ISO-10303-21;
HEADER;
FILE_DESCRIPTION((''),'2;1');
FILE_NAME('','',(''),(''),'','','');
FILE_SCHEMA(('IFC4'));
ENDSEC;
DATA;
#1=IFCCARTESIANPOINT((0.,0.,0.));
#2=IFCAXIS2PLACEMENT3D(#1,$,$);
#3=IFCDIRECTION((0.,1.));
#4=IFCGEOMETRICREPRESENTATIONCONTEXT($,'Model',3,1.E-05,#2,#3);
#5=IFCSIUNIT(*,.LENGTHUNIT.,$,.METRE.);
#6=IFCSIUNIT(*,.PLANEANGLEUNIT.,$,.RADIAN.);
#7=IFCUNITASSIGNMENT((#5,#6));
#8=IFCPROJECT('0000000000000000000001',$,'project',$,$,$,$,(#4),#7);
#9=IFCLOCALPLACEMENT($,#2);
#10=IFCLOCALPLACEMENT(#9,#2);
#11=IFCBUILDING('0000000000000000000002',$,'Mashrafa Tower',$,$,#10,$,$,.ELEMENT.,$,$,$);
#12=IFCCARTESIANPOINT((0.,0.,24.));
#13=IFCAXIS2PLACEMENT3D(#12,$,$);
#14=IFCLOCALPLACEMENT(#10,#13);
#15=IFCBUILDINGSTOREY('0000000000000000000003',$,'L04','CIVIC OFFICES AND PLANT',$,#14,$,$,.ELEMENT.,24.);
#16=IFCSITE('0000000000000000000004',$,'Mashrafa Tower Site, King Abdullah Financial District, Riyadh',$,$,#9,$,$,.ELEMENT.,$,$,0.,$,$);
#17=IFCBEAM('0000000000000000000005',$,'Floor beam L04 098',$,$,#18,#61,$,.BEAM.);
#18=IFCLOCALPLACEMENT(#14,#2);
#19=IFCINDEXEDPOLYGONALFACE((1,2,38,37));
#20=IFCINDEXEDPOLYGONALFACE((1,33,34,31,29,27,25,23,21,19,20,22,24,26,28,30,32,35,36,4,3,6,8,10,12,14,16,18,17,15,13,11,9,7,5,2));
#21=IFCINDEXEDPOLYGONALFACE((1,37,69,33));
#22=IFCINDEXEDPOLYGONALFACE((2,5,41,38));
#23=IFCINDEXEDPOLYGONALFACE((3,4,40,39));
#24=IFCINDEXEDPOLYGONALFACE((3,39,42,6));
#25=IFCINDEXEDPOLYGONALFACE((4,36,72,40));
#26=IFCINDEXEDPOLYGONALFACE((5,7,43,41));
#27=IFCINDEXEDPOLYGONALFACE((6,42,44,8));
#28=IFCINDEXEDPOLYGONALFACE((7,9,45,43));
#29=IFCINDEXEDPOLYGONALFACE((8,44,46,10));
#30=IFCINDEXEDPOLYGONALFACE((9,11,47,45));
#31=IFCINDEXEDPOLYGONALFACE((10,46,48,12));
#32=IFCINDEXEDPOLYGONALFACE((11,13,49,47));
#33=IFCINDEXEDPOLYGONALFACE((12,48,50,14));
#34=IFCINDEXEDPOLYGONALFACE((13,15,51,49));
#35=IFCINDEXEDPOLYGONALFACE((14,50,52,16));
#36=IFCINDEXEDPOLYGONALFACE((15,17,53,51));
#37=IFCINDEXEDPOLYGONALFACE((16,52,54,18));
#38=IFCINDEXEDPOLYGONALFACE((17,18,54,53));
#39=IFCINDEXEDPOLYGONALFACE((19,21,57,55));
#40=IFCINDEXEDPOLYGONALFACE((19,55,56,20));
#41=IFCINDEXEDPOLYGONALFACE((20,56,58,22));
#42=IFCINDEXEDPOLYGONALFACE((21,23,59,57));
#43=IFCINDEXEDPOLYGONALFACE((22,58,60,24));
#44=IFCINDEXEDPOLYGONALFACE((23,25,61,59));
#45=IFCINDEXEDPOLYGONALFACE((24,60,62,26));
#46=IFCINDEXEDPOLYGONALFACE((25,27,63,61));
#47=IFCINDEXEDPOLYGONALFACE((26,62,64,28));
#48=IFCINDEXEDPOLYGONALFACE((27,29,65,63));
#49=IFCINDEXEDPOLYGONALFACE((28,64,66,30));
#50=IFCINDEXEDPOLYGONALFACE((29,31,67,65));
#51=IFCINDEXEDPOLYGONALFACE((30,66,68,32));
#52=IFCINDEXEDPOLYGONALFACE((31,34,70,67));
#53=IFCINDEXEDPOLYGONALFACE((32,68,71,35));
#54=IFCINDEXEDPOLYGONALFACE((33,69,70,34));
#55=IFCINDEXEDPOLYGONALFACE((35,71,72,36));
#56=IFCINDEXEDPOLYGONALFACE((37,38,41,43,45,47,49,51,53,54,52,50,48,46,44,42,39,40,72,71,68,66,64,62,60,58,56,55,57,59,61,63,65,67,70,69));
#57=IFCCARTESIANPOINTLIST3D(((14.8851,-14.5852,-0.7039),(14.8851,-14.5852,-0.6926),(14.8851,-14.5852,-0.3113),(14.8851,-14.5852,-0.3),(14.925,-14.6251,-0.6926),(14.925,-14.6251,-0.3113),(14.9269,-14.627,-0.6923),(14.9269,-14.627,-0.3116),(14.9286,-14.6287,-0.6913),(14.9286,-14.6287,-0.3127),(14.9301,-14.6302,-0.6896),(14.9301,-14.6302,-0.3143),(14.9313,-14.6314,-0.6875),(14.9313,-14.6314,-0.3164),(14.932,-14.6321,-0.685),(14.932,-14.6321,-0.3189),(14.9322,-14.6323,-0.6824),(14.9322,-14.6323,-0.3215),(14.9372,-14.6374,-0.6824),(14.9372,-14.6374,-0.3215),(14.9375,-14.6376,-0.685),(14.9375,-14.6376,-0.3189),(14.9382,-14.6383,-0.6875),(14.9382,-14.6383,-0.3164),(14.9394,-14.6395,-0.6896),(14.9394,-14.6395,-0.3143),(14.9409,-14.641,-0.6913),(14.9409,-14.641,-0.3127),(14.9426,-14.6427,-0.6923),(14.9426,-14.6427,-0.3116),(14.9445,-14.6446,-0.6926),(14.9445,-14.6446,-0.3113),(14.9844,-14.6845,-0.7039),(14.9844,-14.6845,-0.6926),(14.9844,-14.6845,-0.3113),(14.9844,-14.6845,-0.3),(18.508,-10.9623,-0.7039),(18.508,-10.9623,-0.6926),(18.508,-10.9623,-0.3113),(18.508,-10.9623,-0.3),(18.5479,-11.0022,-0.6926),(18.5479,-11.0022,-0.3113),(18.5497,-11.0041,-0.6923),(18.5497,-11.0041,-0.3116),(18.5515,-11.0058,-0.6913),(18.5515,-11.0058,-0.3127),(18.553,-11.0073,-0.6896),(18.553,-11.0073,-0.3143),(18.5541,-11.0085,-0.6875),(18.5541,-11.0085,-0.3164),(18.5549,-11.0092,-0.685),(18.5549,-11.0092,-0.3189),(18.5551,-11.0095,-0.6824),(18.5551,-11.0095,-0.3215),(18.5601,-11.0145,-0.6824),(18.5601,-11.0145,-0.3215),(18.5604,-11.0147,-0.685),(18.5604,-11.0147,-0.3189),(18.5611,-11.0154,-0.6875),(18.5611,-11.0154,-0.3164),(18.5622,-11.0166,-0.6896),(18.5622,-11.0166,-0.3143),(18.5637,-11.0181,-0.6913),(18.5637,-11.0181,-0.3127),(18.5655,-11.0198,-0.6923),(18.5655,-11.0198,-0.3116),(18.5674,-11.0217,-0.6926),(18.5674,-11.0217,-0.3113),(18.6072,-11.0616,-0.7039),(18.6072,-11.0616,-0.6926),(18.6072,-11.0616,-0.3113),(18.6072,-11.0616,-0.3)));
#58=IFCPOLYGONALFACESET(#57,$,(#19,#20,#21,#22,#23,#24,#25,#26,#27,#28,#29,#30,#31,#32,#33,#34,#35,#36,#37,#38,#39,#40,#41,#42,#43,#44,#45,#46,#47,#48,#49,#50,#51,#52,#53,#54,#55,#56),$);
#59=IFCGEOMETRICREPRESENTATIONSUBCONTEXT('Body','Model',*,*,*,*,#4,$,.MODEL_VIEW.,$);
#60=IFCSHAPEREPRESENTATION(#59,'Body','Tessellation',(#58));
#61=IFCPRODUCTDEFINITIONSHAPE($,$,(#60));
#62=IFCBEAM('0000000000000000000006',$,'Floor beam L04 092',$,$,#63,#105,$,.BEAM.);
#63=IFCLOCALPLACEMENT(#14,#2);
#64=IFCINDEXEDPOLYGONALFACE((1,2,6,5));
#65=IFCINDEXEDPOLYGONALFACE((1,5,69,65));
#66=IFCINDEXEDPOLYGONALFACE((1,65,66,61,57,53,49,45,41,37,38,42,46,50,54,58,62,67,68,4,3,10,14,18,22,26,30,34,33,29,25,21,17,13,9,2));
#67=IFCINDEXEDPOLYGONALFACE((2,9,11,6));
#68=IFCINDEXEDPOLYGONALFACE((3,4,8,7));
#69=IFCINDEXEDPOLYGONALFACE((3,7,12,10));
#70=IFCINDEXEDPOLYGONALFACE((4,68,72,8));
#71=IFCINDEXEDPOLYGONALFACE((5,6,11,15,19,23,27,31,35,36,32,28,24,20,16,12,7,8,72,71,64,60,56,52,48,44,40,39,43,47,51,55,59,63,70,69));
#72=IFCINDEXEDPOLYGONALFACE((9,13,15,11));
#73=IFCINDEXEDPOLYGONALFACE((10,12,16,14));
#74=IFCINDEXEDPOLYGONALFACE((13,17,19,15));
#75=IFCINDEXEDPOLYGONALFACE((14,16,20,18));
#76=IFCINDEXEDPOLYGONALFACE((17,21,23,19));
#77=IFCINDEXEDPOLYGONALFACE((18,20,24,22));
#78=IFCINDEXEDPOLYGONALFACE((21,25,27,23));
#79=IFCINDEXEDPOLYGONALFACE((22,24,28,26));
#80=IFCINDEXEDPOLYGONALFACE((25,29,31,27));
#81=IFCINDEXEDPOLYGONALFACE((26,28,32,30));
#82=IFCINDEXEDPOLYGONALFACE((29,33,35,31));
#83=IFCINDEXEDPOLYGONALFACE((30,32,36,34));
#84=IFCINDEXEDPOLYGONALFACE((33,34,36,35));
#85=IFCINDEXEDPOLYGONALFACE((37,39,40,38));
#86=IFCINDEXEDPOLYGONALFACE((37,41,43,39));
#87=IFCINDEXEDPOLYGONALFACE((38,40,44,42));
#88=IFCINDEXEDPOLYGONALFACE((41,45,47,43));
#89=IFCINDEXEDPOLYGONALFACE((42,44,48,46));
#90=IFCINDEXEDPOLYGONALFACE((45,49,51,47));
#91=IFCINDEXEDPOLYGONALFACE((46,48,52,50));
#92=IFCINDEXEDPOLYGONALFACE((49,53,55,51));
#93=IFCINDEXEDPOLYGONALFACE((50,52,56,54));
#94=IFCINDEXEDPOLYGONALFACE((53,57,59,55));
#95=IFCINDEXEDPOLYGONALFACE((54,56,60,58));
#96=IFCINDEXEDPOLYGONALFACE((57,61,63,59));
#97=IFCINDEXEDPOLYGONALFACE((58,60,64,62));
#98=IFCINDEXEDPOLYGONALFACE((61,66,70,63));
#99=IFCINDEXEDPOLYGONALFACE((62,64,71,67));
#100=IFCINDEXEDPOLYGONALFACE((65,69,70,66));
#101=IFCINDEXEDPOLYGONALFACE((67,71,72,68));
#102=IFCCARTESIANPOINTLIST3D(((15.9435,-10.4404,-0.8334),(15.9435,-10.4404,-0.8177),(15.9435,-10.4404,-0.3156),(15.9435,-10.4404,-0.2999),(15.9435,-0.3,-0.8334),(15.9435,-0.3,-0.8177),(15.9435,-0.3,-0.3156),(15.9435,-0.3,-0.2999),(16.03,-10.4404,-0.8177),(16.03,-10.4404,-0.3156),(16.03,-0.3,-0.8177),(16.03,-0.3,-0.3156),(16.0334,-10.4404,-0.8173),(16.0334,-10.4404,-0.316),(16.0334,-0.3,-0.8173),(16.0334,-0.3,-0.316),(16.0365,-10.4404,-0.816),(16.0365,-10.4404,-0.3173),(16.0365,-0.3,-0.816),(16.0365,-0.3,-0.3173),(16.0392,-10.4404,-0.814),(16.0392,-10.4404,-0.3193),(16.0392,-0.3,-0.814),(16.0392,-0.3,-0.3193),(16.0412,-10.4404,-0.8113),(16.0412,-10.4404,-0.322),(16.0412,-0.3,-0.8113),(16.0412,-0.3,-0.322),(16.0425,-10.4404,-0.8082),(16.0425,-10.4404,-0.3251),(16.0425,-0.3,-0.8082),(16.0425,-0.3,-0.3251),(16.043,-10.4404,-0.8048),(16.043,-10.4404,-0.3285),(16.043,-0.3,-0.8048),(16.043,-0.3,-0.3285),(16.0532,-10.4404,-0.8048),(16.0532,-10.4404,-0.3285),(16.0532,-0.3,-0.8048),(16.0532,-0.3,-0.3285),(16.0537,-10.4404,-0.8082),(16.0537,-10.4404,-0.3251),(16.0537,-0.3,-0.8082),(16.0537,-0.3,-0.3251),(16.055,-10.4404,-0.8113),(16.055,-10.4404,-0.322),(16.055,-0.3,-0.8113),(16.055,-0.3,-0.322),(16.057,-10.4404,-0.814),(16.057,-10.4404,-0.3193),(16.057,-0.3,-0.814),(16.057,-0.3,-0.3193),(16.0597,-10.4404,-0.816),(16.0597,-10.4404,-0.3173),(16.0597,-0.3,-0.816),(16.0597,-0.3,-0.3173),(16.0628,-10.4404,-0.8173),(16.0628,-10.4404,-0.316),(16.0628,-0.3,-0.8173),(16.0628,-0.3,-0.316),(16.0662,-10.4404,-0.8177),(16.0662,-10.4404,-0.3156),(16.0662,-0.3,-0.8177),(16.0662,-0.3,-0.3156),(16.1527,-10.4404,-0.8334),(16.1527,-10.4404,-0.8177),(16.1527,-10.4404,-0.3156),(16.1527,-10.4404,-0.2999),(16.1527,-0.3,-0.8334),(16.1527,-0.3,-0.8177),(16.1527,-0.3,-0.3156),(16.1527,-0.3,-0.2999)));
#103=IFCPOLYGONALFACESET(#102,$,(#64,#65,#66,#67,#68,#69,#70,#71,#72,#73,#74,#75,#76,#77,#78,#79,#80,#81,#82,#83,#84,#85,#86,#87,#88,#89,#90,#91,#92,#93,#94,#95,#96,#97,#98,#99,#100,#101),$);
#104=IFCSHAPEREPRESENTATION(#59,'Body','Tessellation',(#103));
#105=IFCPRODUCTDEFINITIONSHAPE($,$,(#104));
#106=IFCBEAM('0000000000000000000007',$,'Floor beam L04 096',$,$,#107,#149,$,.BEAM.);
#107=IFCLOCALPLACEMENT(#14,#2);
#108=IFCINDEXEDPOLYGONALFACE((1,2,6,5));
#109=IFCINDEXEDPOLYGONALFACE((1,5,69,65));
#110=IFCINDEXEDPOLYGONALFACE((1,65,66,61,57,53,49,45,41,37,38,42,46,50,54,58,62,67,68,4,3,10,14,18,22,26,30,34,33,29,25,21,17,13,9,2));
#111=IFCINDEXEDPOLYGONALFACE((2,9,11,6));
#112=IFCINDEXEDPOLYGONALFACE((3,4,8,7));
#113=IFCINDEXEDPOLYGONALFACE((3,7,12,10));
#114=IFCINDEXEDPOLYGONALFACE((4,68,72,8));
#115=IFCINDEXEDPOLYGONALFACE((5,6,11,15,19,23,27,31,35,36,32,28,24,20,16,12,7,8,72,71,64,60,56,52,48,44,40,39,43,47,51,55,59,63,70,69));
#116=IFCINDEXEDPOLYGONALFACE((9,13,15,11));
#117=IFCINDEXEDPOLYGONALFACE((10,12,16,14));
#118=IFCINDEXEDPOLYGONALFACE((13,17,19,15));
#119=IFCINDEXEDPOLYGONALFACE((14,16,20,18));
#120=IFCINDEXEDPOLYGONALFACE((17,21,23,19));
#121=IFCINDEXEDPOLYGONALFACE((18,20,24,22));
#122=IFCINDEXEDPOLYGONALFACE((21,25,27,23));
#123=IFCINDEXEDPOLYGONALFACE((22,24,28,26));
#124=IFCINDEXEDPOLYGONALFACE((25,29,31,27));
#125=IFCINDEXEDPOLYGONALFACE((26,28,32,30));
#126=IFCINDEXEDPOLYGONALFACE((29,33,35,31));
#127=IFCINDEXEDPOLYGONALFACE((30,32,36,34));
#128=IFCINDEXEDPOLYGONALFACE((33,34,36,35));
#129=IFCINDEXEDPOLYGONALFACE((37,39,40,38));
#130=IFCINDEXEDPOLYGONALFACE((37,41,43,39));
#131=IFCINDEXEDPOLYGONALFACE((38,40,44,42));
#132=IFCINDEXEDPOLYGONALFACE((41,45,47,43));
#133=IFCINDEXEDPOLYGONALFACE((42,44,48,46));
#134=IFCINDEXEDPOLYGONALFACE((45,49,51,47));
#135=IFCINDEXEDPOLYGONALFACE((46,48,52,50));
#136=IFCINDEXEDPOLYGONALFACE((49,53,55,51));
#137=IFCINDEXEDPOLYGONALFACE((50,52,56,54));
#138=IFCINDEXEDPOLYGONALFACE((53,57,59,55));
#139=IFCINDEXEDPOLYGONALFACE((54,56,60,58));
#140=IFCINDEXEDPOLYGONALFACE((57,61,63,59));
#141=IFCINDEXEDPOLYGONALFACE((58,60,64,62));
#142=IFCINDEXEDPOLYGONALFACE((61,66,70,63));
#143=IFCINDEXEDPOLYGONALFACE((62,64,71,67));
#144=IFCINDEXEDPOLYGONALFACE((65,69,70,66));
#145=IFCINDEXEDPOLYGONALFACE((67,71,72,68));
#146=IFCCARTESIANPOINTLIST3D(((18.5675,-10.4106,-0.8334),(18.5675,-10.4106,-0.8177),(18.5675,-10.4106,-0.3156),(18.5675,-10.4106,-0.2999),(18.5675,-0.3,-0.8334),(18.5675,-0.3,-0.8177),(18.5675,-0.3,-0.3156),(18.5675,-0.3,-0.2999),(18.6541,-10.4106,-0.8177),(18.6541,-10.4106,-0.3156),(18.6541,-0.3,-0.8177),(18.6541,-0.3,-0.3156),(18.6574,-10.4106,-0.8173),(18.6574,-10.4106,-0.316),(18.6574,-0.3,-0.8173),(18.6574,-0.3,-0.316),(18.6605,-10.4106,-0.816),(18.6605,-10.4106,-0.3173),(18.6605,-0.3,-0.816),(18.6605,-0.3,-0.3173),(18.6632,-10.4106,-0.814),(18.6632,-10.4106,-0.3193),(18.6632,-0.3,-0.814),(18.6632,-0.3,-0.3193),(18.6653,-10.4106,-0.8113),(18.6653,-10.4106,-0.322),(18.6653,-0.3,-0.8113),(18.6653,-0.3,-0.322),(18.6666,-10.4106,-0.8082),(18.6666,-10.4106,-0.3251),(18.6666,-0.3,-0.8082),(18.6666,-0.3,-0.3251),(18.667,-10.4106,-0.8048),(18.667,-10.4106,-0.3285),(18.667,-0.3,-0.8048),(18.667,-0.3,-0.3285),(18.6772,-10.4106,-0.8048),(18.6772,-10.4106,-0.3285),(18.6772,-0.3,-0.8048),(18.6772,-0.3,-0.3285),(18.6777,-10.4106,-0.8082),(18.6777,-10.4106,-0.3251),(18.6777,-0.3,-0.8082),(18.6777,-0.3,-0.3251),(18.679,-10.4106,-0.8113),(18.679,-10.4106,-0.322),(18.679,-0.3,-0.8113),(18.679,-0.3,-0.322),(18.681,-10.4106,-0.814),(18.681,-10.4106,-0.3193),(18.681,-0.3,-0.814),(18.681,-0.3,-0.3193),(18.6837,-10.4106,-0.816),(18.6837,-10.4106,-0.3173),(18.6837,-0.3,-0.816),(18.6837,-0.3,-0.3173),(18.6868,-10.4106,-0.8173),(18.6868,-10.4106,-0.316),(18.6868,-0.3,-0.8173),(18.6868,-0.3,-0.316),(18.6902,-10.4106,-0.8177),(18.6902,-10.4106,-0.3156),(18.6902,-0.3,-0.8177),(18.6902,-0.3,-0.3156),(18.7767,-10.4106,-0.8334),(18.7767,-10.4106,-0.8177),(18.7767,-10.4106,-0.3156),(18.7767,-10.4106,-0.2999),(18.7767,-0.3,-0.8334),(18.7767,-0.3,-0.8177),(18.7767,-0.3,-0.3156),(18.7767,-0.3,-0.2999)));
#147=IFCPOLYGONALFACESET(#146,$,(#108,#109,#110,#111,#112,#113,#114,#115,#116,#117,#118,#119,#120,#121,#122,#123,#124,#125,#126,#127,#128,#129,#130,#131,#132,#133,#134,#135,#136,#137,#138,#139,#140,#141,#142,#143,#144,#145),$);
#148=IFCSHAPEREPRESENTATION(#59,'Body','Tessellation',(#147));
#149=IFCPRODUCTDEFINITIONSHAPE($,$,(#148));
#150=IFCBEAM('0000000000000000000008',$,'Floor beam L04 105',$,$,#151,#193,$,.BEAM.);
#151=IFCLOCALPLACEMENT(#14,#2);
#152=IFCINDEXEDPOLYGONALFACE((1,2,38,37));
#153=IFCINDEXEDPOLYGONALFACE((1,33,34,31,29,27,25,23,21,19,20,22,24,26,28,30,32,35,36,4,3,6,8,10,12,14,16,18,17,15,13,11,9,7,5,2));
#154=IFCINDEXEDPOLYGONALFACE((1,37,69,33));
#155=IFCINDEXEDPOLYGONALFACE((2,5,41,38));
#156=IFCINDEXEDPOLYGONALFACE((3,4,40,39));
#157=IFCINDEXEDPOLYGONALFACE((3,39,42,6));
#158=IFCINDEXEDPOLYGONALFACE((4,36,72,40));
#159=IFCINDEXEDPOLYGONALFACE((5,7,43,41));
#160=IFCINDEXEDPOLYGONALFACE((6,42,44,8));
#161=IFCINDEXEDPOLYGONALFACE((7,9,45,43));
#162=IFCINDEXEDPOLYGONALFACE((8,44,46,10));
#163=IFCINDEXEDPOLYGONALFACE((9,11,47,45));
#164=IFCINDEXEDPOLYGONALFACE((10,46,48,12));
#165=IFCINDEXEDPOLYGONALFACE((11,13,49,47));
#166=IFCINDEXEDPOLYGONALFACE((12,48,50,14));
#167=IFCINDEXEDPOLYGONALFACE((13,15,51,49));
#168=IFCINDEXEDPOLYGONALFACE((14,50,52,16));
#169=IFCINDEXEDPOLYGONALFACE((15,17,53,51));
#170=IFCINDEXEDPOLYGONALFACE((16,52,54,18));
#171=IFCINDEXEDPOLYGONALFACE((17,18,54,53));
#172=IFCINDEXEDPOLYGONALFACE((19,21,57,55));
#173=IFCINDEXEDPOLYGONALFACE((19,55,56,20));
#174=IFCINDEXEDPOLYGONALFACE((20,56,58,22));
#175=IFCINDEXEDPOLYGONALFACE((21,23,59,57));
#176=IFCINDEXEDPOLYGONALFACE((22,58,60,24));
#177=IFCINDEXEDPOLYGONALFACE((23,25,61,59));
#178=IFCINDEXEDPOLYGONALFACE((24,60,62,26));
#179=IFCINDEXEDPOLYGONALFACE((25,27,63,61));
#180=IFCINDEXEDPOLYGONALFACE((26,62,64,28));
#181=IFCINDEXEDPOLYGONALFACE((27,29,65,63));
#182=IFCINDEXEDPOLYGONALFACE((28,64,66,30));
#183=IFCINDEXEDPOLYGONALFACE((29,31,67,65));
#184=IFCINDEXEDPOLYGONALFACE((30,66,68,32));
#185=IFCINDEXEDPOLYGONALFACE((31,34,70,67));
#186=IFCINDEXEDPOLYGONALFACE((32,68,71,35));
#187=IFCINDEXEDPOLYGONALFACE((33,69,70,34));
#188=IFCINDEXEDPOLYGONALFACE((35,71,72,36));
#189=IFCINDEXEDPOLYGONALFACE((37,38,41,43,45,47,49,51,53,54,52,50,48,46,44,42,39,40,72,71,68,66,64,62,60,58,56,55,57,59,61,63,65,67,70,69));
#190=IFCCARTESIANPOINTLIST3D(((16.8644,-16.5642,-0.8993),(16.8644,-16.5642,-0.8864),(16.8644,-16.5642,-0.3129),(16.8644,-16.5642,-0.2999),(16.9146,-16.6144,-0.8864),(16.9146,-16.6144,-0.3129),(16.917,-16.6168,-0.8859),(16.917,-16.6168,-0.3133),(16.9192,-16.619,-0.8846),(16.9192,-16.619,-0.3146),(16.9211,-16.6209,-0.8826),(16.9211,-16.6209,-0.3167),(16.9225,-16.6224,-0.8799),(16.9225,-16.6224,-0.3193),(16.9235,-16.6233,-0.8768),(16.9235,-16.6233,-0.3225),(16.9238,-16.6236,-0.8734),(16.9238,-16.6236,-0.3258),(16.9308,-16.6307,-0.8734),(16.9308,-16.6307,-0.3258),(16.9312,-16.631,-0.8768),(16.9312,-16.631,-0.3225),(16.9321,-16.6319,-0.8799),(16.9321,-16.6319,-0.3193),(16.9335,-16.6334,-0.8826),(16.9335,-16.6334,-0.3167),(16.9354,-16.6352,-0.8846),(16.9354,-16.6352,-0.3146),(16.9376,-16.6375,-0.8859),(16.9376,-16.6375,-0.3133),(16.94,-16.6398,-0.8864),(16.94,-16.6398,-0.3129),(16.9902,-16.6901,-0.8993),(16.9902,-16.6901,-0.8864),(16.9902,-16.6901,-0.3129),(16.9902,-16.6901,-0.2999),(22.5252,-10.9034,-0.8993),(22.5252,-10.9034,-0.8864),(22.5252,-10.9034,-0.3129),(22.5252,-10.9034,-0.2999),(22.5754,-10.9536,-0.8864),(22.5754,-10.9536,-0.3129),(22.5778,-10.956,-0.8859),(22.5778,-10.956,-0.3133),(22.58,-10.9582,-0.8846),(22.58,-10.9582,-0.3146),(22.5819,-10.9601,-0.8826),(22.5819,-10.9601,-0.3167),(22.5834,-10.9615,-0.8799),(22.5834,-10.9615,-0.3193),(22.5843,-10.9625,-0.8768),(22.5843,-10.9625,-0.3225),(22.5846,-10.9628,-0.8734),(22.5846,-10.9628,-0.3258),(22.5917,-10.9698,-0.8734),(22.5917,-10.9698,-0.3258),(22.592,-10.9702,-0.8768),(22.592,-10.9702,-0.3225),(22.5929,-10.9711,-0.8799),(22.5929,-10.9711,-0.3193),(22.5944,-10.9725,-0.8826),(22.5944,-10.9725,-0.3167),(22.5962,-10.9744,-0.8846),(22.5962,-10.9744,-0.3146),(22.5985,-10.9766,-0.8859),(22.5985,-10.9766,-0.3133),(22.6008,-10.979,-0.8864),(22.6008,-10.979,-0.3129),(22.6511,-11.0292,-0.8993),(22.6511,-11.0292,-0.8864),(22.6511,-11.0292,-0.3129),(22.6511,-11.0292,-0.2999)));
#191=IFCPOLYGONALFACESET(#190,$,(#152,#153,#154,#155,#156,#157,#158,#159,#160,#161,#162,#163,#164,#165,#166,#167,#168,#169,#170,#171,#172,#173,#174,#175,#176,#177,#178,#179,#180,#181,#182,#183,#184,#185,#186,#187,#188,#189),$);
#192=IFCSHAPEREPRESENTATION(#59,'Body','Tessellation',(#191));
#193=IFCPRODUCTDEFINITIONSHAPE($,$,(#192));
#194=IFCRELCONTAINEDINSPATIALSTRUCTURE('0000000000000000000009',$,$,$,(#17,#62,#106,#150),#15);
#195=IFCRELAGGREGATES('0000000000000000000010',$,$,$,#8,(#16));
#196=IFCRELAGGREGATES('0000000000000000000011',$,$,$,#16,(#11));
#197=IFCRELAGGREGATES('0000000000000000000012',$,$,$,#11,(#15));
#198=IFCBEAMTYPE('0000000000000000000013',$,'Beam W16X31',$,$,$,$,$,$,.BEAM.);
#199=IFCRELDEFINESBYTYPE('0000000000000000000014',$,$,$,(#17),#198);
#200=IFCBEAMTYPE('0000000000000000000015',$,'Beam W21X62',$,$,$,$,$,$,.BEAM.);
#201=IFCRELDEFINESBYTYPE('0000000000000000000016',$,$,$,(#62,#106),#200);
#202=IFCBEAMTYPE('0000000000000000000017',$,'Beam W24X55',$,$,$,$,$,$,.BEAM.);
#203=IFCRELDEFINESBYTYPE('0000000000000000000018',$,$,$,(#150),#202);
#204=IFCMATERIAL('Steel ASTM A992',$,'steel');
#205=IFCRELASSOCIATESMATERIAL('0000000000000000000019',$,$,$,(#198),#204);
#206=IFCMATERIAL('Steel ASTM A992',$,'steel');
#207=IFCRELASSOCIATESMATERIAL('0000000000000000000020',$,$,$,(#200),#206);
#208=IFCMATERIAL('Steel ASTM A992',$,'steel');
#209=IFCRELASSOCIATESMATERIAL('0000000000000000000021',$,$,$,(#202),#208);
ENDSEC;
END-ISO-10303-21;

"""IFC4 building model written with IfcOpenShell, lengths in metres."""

from ifc_helpers import new_model, si_unit, direction, frame, origin, origin_2d, place, context, subcontext, project, spatial, i_section, extrude, material, material_profile, profile_set, type_object, element, save


model = new_model("IFC4")

# Units and contexts
model_context = context("Model", 3, precision=1e-05, world=origin(), true_north=direction((0.0, 1.0)))
body_context = subcontext(model_context, "Body", "Model", "MODEL_VIEW")
ifc_project = project(units=[si_unit("LENGTHUNIT", "METRE"), si_unit("PLANEANGLEUNIT", "RADIAN")], contexts=[model_context])

# Site, building, storey
site_placement = place(None, origin())
site = spatial("IfcSite", under=ifc_project, at=site_placement, Name="Mashrafa Tower Site, King Abdullah Financial District, Riyadh", CompositionType="ELEMENT", RefElevation=0.0)
building_placement = place(site_placement, origin())
building = spatial("IfcBuilding", under=site, at=building_placement, Name="Mashrafa Tower", CompositionType="ELEMENT")
storey_placement = place(building_placement, frame((0.0, 0.0, 24.0)))
storey = spatial("IfcBuildingStorey", under=building, at=storey_placement, Name="L04", Description="CIVIC OFFICES AND PLANT", CompositionType="ELEMENT", Elevation=24.0)

# Beams
ifc_material_1 = material(Name="Steel ASTM A992", Category="steel")
ifc_material_profile_1 = material_profile(ifc_material_1, i_section(OverallWidth=0.1404, OverallDepth=0.4038, WebThickness=0.0071, FlangeThickness=0.0112, FilletRadius=0.0103, at=origin_2d()), Name="W16X31")
ifc_profile_set_1 = profile_set([ifc_material_profile_1], Name="Steel ASTM A992")
beam_type_1 = type_object("IfcBeamType", Name="Beam W16X31", PredefinedType="BEAM", material=ifc_profile_set_1)
for number, where, z_axis, x_axis, name in (
    (1, (18.5576, -11.012, -0.502), (-0.707107, -0.707107, 0.0), (0.707107, -0.707107, 0.0), "Floor beam L04 098"),
):
    element("IfcBeam", number, at=place(storey_placement, frame(where, z_axis=z_axis, x_axis=x_axis)), inside=storey, type_object=beam_type_1, Name=name, PredefinedType="BEAM", context=body_context, shape_type="SweptSolid", body=[
        extrude(i_section(OverallWidth=0.1404, OverallDepth=0.4038, WebThickness=0.0071, FlangeThickness=0.0112, FilletRadius=0.0103, at=origin_2d()), origin(), (0.0, 0.0, 1.0), 5.1235),
    ])
ifc_material_2 = material(Name="Steel ASTM A992", Category="steel")
ifc_material_profile_2 = material_profile(ifc_material_2, i_section(OverallWidth=0.2092, OverallDepth=0.5334, WebThickness=0.0103, FlangeThickness=0.0156, FilletRadius=0.0129, at=origin_2d()), Name="W21X62")
ifc_profile_set_2 = profile_set([ifc_material_profile_2], Name="Steel ASTM A992")
beam_type_2 = type_object("IfcBeamType", Name="Beam W21X62", PredefinedType="BEAM", material=ifc_profile_set_2)
beam_1_placement = place(storey_placement, frame((16.0481, -0.3, -0.5667), z_axis=(0.0, -1.0, 0.0), x_axis=(1.0, 0.0, 0.0)))
element("IfcBeam", 2, at=beam_1_placement, inside=storey, type_object=beam_type_2, Name="Floor beam L04 092", PredefinedType="BEAM", context=body_context, shape_type="SweptSolid", body=[
    extrude(i_section(OverallWidth=0.2092, OverallDepth=0.5334, WebThickness=0.0103, FlangeThickness=0.0156, FilletRadius=0.0129, at=origin_2d()), origin(), (0.0, 0.0, 1.0), 10.1404),
])
beam_2_placement = place(storey_placement, frame((18.6721, -0.3, -0.5667), z_axis=(0.0, -1.0, 0.0), x_axis=(1.0, 0.0, 0.0)))
element("IfcBeam", 3, at=beam_2_placement, inside=storey, type_object=beam_type_2, Name="Floor beam L04 096", PredefinedType="BEAM", context=body_context, shape_type="SweptSolid", body=[
    extrude(i_section(OverallWidth=0.2092, OverallDepth=0.5334, WebThickness=0.0103, FlangeThickness=0.0156, FilletRadius=0.0129, at=origin_2d()), origin(), (0.0, 0.0, 1.0), 10.1106),
])
ifc_material_3 = material(Name="Steel ASTM A992", Category="steel")
ifc_material_profile_3 = material_profile(ifc_material_3, i_section(OverallWidth=0.178, OverallDepth=0.5994, WebThickness=0.01, FlangeThickness=0.0129, FilletRadius=0.0129, at=origin_2d()), Name="W24X55")
ifc_profile_set_3 = profile_set([ifc_material_profile_3], Name="Steel ASTM A992")
beam_type_3 = type_object("IfcBeamType", Name="Beam W24X55", PredefinedType="BEAM", material=ifc_profile_set_3)
beam_3_placement = place(storey_placement, frame((22.5881, -10.9663, -0.5996), z_axis=(-0.707107, -0.707107, 0.0), x_axis=(0.707107, -0.707107, 0.0)))
element("IfcBeam", 4, at=beam_3_placement, inside=storey, type_object=beam_type_3, Name="Floor beam L04 105", PredefinedType="BEAM", context=body_context, shape_type="SweptSolid", body=[
    extrude(i_section(OverallWidth=0.178, OverallDepth=0.5994, WebThickness=0.01, FlangeThickness=0.0129, FilletRadius=0.0129, at=origin_2d()), origin(), (0.0, 0.0, 1.0), 8.0056),
])

save(model, "model.ifc")
